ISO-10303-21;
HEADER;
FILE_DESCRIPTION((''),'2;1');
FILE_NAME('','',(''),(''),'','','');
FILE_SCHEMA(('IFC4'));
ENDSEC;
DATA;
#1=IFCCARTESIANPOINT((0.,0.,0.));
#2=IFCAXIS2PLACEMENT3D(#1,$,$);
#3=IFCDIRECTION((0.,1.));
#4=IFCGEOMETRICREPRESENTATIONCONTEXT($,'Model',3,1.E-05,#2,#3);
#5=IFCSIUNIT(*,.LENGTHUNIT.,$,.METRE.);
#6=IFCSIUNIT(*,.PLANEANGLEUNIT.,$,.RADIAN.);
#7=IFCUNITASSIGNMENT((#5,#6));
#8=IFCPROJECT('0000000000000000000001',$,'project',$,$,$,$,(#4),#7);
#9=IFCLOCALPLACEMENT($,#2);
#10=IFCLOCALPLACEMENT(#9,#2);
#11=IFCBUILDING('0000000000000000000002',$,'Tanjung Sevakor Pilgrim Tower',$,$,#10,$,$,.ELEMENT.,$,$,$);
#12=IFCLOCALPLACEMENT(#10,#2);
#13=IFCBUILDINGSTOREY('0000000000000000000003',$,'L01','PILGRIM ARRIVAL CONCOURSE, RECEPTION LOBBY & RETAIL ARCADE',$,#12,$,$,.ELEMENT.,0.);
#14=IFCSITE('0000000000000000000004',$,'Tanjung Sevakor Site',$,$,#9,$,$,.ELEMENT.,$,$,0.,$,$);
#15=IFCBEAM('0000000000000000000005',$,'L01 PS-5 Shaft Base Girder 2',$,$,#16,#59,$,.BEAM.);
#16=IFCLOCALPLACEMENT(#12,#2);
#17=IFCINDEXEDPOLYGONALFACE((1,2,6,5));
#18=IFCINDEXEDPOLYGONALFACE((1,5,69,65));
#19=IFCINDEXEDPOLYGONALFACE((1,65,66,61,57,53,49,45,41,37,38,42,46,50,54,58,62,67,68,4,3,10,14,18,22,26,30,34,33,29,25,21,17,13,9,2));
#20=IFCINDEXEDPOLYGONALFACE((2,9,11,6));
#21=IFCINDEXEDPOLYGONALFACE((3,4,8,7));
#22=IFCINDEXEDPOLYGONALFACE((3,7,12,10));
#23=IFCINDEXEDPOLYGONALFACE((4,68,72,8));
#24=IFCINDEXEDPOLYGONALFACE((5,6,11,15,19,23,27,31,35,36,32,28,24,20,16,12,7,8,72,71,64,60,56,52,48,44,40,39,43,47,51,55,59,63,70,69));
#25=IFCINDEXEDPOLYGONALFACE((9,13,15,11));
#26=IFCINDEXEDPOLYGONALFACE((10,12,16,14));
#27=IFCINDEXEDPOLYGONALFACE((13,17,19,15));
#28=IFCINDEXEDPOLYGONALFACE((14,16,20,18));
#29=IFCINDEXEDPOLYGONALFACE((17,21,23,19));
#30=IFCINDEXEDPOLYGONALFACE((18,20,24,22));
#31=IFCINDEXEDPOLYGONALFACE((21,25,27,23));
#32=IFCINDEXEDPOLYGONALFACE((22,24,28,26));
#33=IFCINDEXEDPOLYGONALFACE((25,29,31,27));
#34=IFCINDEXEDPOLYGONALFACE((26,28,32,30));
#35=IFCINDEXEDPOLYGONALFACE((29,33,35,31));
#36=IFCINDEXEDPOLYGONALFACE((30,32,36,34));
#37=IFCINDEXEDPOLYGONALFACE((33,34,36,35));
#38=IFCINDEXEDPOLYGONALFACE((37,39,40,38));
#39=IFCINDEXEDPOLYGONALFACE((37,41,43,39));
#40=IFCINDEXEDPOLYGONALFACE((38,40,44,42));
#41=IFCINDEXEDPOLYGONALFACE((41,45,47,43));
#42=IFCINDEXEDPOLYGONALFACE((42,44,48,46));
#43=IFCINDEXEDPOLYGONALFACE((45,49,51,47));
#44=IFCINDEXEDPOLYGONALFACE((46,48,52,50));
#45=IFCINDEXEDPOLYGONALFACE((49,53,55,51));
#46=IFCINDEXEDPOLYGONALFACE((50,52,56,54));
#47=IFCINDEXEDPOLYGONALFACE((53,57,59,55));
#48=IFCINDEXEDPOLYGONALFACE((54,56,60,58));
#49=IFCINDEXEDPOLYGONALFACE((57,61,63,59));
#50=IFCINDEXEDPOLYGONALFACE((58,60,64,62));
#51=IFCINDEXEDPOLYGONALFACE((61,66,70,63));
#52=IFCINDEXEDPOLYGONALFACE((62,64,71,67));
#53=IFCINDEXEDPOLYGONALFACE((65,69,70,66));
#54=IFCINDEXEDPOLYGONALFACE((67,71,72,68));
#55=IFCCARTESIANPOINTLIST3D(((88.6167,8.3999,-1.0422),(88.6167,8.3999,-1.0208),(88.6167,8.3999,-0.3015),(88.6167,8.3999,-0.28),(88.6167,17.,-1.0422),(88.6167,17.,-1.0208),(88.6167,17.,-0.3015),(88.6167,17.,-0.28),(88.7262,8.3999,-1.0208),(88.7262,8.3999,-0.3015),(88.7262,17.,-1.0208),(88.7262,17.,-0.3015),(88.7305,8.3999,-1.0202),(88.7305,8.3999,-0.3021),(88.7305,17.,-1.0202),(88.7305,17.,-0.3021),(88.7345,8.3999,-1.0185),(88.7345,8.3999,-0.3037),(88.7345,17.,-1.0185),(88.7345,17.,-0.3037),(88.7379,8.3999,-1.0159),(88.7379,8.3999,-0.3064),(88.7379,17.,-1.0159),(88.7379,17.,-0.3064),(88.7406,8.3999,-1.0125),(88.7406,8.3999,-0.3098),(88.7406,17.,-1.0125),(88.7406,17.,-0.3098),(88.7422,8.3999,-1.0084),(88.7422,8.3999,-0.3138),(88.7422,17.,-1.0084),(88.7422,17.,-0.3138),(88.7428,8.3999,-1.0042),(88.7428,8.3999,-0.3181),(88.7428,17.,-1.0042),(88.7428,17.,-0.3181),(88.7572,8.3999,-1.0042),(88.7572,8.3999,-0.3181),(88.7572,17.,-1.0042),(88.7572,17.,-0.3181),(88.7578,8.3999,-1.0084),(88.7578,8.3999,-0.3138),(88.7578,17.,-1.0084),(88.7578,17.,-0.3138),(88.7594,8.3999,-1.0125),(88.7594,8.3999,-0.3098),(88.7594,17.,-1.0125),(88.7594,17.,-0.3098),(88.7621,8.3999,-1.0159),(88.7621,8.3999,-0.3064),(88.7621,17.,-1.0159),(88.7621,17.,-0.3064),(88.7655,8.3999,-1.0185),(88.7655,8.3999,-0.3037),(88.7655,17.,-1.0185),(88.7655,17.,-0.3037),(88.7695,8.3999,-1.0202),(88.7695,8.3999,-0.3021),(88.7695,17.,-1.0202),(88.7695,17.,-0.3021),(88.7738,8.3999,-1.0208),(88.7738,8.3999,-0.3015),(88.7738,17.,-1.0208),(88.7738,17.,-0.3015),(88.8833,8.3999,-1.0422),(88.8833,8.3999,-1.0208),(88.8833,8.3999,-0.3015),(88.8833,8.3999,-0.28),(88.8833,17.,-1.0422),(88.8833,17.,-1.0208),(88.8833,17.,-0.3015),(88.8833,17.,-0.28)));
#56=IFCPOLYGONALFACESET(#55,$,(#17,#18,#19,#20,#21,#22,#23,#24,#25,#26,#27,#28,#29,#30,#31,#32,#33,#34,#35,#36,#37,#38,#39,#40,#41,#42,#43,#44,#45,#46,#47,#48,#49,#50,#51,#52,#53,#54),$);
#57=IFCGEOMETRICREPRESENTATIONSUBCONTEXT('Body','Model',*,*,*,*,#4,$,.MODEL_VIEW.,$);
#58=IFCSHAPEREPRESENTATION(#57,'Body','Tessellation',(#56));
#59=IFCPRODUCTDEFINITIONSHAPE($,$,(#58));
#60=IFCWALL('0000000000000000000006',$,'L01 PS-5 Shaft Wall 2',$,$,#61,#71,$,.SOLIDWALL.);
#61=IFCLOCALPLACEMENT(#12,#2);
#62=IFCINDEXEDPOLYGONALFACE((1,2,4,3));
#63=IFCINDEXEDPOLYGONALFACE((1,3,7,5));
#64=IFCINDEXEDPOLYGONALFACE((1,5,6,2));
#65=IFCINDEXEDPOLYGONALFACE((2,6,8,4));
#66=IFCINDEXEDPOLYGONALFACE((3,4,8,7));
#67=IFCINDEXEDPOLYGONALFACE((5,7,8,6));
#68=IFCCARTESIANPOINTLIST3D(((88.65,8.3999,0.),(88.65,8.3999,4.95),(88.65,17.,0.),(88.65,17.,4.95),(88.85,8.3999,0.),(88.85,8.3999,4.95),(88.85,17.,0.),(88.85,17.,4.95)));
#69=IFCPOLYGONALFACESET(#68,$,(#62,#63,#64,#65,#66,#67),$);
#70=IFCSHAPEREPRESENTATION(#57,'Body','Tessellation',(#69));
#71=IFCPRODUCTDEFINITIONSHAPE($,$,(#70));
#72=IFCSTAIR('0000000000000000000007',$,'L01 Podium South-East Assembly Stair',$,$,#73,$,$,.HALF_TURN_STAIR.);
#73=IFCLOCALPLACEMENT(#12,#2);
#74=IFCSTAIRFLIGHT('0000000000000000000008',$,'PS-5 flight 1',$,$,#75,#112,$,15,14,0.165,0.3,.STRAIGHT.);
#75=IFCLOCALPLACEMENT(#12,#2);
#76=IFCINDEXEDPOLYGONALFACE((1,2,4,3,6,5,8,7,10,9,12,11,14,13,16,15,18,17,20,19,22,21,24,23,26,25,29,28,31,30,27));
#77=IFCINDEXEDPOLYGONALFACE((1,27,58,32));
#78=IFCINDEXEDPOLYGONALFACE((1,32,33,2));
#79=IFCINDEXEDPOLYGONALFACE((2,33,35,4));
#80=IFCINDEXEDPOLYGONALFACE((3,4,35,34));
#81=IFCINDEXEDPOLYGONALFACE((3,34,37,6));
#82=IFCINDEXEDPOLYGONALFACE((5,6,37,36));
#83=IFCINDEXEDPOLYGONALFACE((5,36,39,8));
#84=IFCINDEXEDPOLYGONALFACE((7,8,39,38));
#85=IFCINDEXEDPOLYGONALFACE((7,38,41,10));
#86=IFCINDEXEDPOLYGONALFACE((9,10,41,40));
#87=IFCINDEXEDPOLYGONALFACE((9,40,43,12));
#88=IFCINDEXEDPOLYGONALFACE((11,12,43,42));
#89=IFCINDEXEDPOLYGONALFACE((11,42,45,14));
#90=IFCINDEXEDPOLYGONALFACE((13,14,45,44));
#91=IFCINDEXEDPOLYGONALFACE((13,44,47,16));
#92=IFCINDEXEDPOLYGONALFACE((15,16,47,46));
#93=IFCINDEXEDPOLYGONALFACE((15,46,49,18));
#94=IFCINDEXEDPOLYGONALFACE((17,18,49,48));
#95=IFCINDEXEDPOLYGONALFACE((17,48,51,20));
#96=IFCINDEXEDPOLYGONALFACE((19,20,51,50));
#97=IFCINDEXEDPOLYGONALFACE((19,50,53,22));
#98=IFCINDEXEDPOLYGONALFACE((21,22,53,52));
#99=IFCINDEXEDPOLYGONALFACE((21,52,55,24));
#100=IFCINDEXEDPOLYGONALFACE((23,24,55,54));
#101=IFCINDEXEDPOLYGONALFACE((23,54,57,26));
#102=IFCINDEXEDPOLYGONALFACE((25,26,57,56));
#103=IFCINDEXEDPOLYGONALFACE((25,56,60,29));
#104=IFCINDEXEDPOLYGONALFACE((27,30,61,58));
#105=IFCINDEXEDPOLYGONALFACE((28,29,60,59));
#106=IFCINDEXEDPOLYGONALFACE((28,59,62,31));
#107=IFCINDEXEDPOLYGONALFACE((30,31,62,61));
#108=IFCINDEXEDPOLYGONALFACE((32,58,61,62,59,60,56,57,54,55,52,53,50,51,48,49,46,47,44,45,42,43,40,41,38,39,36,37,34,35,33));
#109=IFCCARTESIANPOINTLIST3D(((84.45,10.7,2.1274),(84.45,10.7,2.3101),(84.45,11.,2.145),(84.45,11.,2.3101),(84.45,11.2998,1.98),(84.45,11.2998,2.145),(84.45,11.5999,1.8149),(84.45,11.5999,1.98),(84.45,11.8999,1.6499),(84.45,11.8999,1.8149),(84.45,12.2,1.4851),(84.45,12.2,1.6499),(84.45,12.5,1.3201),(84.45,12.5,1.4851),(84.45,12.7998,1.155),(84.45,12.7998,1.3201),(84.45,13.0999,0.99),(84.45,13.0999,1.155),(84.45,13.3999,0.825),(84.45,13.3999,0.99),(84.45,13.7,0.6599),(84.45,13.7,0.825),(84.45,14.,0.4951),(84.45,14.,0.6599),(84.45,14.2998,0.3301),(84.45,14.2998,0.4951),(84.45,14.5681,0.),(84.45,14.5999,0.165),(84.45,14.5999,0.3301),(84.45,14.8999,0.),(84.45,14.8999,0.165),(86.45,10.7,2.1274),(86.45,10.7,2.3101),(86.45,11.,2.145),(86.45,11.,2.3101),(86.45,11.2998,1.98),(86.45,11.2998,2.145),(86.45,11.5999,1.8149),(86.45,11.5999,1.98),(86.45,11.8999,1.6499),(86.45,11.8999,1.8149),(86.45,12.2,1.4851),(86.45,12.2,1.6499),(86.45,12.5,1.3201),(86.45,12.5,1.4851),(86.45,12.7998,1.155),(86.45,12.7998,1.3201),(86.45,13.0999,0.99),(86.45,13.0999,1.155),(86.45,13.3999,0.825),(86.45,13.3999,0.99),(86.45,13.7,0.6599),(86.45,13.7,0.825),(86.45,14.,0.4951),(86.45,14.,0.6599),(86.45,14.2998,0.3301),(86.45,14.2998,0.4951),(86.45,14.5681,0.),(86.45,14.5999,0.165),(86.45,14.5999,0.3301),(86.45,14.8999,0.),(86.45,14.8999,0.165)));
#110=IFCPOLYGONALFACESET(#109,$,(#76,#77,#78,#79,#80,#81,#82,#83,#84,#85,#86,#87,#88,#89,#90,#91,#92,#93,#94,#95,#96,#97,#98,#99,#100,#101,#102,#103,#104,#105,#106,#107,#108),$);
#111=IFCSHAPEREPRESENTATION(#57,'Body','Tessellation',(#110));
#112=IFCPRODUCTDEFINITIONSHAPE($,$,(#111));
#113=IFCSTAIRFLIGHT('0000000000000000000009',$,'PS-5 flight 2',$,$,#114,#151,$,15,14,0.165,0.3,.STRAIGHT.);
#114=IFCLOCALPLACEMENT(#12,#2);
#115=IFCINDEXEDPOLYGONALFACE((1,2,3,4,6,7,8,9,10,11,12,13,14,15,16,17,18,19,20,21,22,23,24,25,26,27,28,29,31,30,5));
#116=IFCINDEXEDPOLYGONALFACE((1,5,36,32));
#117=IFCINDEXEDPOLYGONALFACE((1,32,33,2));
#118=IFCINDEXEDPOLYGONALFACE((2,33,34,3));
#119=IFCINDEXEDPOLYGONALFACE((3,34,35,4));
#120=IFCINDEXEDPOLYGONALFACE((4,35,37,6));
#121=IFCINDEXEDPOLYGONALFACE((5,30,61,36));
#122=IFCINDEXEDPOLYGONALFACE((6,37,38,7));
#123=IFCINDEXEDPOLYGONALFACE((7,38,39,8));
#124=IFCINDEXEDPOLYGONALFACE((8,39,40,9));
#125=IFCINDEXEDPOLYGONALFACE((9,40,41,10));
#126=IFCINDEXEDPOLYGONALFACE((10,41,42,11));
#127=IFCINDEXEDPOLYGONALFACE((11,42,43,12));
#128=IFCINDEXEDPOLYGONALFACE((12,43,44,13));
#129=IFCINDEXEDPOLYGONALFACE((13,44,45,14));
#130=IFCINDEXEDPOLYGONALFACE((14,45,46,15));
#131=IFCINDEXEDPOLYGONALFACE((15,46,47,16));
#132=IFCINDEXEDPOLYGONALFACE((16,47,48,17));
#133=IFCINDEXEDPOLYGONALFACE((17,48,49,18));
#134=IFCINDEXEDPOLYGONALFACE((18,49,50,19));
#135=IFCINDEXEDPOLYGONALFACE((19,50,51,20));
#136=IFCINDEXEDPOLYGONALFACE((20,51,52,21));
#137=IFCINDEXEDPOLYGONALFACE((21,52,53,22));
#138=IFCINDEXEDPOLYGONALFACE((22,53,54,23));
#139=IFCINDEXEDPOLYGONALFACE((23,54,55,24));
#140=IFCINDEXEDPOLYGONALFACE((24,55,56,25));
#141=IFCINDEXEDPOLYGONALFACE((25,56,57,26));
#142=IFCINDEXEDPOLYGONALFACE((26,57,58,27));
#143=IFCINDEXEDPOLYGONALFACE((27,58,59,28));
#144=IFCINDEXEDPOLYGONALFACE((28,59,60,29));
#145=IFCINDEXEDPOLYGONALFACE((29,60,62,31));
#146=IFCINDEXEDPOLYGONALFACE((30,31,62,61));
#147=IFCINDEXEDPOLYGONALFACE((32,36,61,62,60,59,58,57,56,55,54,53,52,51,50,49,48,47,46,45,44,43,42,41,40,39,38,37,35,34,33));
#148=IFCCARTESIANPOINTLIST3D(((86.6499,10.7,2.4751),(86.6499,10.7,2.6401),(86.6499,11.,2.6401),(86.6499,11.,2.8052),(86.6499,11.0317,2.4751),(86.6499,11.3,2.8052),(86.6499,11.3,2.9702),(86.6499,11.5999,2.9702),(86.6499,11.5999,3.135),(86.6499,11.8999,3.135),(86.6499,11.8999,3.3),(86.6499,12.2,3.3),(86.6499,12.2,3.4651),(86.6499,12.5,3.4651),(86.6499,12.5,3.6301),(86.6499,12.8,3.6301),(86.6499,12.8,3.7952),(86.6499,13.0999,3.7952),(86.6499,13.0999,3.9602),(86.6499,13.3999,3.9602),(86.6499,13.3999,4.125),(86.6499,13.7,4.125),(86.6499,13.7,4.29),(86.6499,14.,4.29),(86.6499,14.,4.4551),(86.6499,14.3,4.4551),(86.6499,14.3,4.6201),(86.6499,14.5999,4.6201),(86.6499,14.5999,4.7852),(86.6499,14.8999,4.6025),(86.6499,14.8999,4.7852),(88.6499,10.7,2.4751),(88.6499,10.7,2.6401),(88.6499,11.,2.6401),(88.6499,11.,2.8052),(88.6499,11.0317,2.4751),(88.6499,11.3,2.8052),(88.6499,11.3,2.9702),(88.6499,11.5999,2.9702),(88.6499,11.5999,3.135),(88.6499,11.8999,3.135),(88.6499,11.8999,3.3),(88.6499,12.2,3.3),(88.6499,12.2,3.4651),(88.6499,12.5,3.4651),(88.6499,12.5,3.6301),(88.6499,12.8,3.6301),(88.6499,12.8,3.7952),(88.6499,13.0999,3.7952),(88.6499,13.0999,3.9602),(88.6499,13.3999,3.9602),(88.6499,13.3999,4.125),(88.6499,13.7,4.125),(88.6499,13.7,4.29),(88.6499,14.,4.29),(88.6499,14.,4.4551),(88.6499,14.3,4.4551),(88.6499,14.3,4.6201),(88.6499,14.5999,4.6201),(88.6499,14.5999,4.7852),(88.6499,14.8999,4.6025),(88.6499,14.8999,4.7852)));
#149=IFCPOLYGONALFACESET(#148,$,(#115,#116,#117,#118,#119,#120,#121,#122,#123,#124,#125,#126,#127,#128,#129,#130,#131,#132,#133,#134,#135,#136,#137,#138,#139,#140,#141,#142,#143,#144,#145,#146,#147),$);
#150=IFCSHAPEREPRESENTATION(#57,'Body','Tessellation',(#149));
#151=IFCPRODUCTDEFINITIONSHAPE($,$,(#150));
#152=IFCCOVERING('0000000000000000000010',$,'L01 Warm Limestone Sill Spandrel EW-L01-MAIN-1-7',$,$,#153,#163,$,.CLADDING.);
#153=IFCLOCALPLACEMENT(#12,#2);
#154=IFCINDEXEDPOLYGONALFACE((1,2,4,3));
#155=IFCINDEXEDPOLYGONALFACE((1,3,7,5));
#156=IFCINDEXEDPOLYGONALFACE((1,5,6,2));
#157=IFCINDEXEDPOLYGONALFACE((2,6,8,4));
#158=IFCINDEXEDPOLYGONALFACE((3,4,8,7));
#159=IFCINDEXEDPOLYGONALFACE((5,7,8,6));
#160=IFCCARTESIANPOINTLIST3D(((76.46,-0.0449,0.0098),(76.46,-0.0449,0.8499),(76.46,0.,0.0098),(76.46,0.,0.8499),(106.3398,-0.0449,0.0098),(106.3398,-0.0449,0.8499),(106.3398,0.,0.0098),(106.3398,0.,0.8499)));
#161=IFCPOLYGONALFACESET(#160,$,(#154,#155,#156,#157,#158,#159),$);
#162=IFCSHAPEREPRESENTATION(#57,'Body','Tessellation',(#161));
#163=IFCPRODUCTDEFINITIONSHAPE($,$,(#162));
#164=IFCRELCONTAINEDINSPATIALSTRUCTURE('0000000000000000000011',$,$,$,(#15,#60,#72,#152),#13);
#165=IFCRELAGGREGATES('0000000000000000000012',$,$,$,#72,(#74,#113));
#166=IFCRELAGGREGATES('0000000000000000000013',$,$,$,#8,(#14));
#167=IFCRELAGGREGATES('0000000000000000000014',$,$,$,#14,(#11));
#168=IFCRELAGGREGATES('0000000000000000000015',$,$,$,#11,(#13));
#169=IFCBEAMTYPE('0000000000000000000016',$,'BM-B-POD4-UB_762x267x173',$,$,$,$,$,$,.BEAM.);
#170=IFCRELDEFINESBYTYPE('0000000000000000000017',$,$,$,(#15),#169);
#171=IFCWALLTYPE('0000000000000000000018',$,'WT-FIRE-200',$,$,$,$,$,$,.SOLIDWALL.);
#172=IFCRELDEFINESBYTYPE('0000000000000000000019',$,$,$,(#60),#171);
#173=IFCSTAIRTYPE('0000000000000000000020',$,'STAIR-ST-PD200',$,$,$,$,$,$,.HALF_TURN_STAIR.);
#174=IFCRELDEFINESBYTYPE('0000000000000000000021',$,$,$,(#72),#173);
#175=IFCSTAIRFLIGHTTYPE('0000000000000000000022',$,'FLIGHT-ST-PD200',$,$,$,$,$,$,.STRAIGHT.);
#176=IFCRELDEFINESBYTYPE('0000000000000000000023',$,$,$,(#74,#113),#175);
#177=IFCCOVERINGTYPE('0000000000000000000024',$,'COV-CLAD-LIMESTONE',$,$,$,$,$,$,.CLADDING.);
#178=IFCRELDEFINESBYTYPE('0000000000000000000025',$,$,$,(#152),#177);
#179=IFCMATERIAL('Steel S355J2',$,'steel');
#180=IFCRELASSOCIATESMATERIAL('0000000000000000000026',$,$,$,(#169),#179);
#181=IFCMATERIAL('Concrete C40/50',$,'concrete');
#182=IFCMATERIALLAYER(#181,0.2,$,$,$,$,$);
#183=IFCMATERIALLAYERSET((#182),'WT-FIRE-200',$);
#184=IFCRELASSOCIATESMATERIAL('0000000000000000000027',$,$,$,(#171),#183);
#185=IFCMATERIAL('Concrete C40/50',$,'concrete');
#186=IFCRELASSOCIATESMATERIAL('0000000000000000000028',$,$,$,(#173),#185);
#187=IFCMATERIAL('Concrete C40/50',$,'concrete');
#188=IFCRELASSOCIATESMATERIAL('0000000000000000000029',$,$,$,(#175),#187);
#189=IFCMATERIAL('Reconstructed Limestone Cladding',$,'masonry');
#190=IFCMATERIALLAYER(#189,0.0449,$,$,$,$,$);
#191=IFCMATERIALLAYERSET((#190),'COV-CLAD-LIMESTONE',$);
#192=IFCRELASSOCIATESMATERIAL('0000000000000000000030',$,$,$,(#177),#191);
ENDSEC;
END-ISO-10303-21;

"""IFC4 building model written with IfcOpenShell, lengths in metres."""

from ifc_helpers import new_model, si_unit, direction, frame, frame_2d, origin, origin_2d, place, context, subcontext, project, spatial, polyline, rectangle, i_section, outline, extrude, material, layer, layer_set, material_profile, profile_set, type_object, element, aggregate, save


model = new_model("IFC4")

# Units and contexts
model_context = context("Model", 3, precision=1e-05, world=origin(), true_north=direction((0.0, 1.0)))
body_context = subcontext(model_context, "Body", "Model", "MODEL_VIEW")
ifc_project = project(units=[si_unit("LENGTHUNIT", "METRE"), si_unit("PLANEANGLEUNIT", "RADIAN")], contexts=[model_context])

# Site, building, storey
site_placement = place(None, origin())
site = spatial("IfcSite", under=ifc_project, at=site_placement, Name="Tanjung Sevakor Site", CompositionType="ELEMENT", RefElevation=0.0)
building_placement = place(site_placement, origin())
building = spatial("IfcBuilding", under=site, at=building_placement, Name="Tanjung Sevakor Pilgrim Tower", CompositionType="ELEMENT")
storey_placement = place(building_placement, origin())
storey = spatial("IfcBuildingStorey", under=building, at=storey_placement, Name="L01", Description="PILGRIM ARRIVAL CONCOURSE, RECEPTION LOBBY & RETAIL ARCADE", CompositionType="ELEMENT", Elevation=0.0)

# Beam
ifc_material_1 = material(Name="Steel S355J2", Category="steel")
ifc_material_profile_1 = material_profile(ifc_material_1, i_section(OverallWidth=0.2666, OverallDepth=0.7622, WebThickness=0.0144, FlangeThickness=0.0215, FilletRadius=0.0166, at=origin_2d()))
ifc_profile_set_1 = profile_set([ifc_material_profile_1], Name="Steel S355J2")
beam_type_1 = type_object("IfcBeamType", Name="BM-B-POD4-UB_762x267x173", PredefinedType="BEAM", material=ifc_profile_set_1)
beam_1_placement = place(storey_placement, frame((88.75, 8.3999, -0.6611), z_axis=(0.0, 1.0, 0.0), x_axis=(-1.0, 0.0, 0.0)))
element("IfcBeam", 1, at=beam_1_placement, inside=storey, type_object=beam_type_1, Name="L01 PS-5 Shaft Base Girder 2", PredefinedType="BEAM", context=body_context, shape_type="SweptSolid", body=[
    extrude(i_section(OverallWidth=0.2666, OverallDepth=0.7622, WebThickness=0.0144, FlangeThickness=0.0215, FilletRadius=0.0166, at=origin_2d()), origin(), (0.0, 0.0, 1.0), 8.6001),
])

# Wall
ifc_material_2 = material(Name="Concrete C40/50", Category="concrete")
ifc_layer_1 = layer(ifc_material_2, 0.2)
ifc_layer_set_1 = layer_set([ifc_layer_1], Name="WT-FIRE-200")
wall_type = type_object("IfcWallType", Name="WT-FIRE-200", PredefinedType="SOLIDWALL", material=ifc_layer_set_1)
wall_placement = place(storey_placement, frame((88.75, 8.3999, 0.0), z_axis=(0.0, 0.0, 1.0), x_axis=(0.0, 1.0, 0.0)))
element("IfcWall", 2, at=wall_placement, inside=storey, type_object=wall_type, Name="L01 PS-5 Shaft Wall 2", PredefinedType="SOLIDWALL", context=body_context, shape_type="SweptSolid", body=[
    extrude(rectangle(XDim=8.6001, YDim=0.2, at=frame_2d((4.3, 0.0))), origin(), (0.0, 0.0, 1.0), 4.95),
])

# Stair, stair flights
ifc_material_3 = material(Name="Concrete C40/50", Category="concrete")
stair_type = type_object("IfcStairType", Name="STAIR-ST-PD200", PredefinedType="HALF_TURN_STAIR", material=ifc_material_3)
stair_placement = place(storey_placement, origin())
stair = element("IfcStair", 3, at=stair_placement, inside=storey, type_object=stair_type, Name="L01 Podium South-East Assembly Stair", PredefinedType="HALF_TURN_STAIR")
ifc_material_4 = material(Name="Concrete C40/50", Category="concrete")
stair_flight_type = type_object("IfcStairFlightType", Name="FLIGHT-ST-PD200", PredefinedType="STRAIGHT", material=ifc_material_4)
stair_flight_1_placement = place(storey_placement, frame((85.45, 14.8999, 0.0), z_axis=(0.0, 0.0, 1.0), x_axis=(0.0, -1.0, 0.0)))
stair_flight_1 = element("IfcStairFlight", 4, at=stair_flight_1_placement, type_object=stair_flight_type, Name="PS-5 flight 1", NumberOfRisers=15, NumberOfTreads=14, PredefinedType="STRAIGHT", RiserHeight=0.165, TreadLength=0.3, context=body_context, shape_type="SweptSolid", body=[
    extrude(outline(polyline([(0.0, 0.0), (0.0, 0.165), (0.3, 0.165), (0.3, 0.3301), (0.6001, 0.3301), (0.6001, 0.4951), (0.8999, 0.4951), (0.8999, 0.6599), (1.2, 0.6599), (1.2, 0.825), (1.5, 0.825), (1.5, 0.99), (1.8, 0.99), (1.8, 1.155), (2.1001, 1.155), (2.1001, 1.3201), (2.3999, 1.3201), (2.3999, 1.4851), (2.7, 1.4851), (2.7, 1.6499), (3.0, 1.6499), (3.0, 1.8149), (3.3, 1.8149), (3.3, 1.98), (3.6001, 1.98), (3.6001, 2.145), (3.8999, 2.145), (3.8999, 2.3101), (4.2, 2.3101), (4.2, 2.4751), (4.2, 2.1274), (0.3318, 0.0), (0.0, 0.0)])), frame((0.0, 1.0, 0.0), z_axis=(0.0, -1.0, 0.0), x_axis=(1.0, 0.0, 0.0)), (0.0, 0.0, 1.0), 2.0),
])
stair_flight_2_placement = place(storey_placement, frame((87.6499, 10.7, 2.4751), z_axis=(0.0, 0.0, 1.0), x_axis=(0.0, 1.0, 0.0)))
stair_flight_2 = element("IfcStairFlight", 5, at=stair_flight_2_placement, type_object=stair_flight_type, Name="PS-5 flight 2", NumberOfRisers=15, NumberOfTreads=14, PredefinedType="STRAIGHT", RiserHeight=0.165, TreadLength=0.3, context=body_context, shape_type="SweptSolid", body=[
    extrude(outline(polyline([(0.0, 0.0), (0.0, 0.165), (0.3, 0.165), (0.3, 0.3301), (0.6001, 0.3301), (0.6001, 0.4951), (0.8999, 0.4951), (0.8999, 0.6599), (1.2, 0.6599), (1.2, 0.825), (1.5, 0.825), (1.5, 0.99), (1.8, 0.99), (1.8, 1.155), (2.1001, 1.155), (2.1001, 1.3201), (2.3999, 1.3201), (2.3999, 1.4851), (2.7, 1.4851), (2.7, 1.6499), (3.0, 1.6499), (3.0, 1.8149), (3.3, 1.8149), (3.3, 1.98), (3.6001, 1.98), (3.6001, 2.145), (3.8999, 2.145), (3.8999, 2.3101), (4.2, 2.3101), (4.2, 2.4751), (4.2, 2.1274), (0.3318, 0.0), (0.0, 0.0)])), frame((0.0, 1.0, 0.0), z_axis=(0.0, -1.0, 0.0), x_axis=(1.0, 0.0, 0.0)), (0.0, 0.0, 1.0), 2.0),
])
aggregate(stair, [stair_flight_1, stair_flight_2])

# Covering
ifc_material_5 = material(Name="Reconstructed Limestone Cladding", Category="masonry")
ifc_layer_2 = layer(ifc_material_5, 0.0449)
ifc_layer_set_2 = layer_set([ifc_layer_2], Name="COV-CLAD-LIMESTONE")
covering_type = type_object("IfcCoveringType", Name="COV-CLAD-LIMESTONE", PredefinedType="CLADDING", material=ifc_layer_set_2)
covering_placement = place(storey_placement, frame((91.3999, -0.0225, 0.0098), z_axis=(0.0, 0.0, 1.0), x_axis=(1.0, 0.0, 0.0)))
element("IfcCovering", 6, at=covering_placement, inside=storey, type_object=covering_type, Name="L01 Warm Limestone Sill Spandrel EW-L01-MAIN-1-7", PredefinedType="CLADDING", context=body_context, shape_type="SweptSolid", body=[
    extrude(rectangle(XDim=29.8799, YDim=0.0449, at=origin_2d()), origin(), (0.0, 0.0, 1.0), 0.8401),
])

save(model, "model.ifc")
